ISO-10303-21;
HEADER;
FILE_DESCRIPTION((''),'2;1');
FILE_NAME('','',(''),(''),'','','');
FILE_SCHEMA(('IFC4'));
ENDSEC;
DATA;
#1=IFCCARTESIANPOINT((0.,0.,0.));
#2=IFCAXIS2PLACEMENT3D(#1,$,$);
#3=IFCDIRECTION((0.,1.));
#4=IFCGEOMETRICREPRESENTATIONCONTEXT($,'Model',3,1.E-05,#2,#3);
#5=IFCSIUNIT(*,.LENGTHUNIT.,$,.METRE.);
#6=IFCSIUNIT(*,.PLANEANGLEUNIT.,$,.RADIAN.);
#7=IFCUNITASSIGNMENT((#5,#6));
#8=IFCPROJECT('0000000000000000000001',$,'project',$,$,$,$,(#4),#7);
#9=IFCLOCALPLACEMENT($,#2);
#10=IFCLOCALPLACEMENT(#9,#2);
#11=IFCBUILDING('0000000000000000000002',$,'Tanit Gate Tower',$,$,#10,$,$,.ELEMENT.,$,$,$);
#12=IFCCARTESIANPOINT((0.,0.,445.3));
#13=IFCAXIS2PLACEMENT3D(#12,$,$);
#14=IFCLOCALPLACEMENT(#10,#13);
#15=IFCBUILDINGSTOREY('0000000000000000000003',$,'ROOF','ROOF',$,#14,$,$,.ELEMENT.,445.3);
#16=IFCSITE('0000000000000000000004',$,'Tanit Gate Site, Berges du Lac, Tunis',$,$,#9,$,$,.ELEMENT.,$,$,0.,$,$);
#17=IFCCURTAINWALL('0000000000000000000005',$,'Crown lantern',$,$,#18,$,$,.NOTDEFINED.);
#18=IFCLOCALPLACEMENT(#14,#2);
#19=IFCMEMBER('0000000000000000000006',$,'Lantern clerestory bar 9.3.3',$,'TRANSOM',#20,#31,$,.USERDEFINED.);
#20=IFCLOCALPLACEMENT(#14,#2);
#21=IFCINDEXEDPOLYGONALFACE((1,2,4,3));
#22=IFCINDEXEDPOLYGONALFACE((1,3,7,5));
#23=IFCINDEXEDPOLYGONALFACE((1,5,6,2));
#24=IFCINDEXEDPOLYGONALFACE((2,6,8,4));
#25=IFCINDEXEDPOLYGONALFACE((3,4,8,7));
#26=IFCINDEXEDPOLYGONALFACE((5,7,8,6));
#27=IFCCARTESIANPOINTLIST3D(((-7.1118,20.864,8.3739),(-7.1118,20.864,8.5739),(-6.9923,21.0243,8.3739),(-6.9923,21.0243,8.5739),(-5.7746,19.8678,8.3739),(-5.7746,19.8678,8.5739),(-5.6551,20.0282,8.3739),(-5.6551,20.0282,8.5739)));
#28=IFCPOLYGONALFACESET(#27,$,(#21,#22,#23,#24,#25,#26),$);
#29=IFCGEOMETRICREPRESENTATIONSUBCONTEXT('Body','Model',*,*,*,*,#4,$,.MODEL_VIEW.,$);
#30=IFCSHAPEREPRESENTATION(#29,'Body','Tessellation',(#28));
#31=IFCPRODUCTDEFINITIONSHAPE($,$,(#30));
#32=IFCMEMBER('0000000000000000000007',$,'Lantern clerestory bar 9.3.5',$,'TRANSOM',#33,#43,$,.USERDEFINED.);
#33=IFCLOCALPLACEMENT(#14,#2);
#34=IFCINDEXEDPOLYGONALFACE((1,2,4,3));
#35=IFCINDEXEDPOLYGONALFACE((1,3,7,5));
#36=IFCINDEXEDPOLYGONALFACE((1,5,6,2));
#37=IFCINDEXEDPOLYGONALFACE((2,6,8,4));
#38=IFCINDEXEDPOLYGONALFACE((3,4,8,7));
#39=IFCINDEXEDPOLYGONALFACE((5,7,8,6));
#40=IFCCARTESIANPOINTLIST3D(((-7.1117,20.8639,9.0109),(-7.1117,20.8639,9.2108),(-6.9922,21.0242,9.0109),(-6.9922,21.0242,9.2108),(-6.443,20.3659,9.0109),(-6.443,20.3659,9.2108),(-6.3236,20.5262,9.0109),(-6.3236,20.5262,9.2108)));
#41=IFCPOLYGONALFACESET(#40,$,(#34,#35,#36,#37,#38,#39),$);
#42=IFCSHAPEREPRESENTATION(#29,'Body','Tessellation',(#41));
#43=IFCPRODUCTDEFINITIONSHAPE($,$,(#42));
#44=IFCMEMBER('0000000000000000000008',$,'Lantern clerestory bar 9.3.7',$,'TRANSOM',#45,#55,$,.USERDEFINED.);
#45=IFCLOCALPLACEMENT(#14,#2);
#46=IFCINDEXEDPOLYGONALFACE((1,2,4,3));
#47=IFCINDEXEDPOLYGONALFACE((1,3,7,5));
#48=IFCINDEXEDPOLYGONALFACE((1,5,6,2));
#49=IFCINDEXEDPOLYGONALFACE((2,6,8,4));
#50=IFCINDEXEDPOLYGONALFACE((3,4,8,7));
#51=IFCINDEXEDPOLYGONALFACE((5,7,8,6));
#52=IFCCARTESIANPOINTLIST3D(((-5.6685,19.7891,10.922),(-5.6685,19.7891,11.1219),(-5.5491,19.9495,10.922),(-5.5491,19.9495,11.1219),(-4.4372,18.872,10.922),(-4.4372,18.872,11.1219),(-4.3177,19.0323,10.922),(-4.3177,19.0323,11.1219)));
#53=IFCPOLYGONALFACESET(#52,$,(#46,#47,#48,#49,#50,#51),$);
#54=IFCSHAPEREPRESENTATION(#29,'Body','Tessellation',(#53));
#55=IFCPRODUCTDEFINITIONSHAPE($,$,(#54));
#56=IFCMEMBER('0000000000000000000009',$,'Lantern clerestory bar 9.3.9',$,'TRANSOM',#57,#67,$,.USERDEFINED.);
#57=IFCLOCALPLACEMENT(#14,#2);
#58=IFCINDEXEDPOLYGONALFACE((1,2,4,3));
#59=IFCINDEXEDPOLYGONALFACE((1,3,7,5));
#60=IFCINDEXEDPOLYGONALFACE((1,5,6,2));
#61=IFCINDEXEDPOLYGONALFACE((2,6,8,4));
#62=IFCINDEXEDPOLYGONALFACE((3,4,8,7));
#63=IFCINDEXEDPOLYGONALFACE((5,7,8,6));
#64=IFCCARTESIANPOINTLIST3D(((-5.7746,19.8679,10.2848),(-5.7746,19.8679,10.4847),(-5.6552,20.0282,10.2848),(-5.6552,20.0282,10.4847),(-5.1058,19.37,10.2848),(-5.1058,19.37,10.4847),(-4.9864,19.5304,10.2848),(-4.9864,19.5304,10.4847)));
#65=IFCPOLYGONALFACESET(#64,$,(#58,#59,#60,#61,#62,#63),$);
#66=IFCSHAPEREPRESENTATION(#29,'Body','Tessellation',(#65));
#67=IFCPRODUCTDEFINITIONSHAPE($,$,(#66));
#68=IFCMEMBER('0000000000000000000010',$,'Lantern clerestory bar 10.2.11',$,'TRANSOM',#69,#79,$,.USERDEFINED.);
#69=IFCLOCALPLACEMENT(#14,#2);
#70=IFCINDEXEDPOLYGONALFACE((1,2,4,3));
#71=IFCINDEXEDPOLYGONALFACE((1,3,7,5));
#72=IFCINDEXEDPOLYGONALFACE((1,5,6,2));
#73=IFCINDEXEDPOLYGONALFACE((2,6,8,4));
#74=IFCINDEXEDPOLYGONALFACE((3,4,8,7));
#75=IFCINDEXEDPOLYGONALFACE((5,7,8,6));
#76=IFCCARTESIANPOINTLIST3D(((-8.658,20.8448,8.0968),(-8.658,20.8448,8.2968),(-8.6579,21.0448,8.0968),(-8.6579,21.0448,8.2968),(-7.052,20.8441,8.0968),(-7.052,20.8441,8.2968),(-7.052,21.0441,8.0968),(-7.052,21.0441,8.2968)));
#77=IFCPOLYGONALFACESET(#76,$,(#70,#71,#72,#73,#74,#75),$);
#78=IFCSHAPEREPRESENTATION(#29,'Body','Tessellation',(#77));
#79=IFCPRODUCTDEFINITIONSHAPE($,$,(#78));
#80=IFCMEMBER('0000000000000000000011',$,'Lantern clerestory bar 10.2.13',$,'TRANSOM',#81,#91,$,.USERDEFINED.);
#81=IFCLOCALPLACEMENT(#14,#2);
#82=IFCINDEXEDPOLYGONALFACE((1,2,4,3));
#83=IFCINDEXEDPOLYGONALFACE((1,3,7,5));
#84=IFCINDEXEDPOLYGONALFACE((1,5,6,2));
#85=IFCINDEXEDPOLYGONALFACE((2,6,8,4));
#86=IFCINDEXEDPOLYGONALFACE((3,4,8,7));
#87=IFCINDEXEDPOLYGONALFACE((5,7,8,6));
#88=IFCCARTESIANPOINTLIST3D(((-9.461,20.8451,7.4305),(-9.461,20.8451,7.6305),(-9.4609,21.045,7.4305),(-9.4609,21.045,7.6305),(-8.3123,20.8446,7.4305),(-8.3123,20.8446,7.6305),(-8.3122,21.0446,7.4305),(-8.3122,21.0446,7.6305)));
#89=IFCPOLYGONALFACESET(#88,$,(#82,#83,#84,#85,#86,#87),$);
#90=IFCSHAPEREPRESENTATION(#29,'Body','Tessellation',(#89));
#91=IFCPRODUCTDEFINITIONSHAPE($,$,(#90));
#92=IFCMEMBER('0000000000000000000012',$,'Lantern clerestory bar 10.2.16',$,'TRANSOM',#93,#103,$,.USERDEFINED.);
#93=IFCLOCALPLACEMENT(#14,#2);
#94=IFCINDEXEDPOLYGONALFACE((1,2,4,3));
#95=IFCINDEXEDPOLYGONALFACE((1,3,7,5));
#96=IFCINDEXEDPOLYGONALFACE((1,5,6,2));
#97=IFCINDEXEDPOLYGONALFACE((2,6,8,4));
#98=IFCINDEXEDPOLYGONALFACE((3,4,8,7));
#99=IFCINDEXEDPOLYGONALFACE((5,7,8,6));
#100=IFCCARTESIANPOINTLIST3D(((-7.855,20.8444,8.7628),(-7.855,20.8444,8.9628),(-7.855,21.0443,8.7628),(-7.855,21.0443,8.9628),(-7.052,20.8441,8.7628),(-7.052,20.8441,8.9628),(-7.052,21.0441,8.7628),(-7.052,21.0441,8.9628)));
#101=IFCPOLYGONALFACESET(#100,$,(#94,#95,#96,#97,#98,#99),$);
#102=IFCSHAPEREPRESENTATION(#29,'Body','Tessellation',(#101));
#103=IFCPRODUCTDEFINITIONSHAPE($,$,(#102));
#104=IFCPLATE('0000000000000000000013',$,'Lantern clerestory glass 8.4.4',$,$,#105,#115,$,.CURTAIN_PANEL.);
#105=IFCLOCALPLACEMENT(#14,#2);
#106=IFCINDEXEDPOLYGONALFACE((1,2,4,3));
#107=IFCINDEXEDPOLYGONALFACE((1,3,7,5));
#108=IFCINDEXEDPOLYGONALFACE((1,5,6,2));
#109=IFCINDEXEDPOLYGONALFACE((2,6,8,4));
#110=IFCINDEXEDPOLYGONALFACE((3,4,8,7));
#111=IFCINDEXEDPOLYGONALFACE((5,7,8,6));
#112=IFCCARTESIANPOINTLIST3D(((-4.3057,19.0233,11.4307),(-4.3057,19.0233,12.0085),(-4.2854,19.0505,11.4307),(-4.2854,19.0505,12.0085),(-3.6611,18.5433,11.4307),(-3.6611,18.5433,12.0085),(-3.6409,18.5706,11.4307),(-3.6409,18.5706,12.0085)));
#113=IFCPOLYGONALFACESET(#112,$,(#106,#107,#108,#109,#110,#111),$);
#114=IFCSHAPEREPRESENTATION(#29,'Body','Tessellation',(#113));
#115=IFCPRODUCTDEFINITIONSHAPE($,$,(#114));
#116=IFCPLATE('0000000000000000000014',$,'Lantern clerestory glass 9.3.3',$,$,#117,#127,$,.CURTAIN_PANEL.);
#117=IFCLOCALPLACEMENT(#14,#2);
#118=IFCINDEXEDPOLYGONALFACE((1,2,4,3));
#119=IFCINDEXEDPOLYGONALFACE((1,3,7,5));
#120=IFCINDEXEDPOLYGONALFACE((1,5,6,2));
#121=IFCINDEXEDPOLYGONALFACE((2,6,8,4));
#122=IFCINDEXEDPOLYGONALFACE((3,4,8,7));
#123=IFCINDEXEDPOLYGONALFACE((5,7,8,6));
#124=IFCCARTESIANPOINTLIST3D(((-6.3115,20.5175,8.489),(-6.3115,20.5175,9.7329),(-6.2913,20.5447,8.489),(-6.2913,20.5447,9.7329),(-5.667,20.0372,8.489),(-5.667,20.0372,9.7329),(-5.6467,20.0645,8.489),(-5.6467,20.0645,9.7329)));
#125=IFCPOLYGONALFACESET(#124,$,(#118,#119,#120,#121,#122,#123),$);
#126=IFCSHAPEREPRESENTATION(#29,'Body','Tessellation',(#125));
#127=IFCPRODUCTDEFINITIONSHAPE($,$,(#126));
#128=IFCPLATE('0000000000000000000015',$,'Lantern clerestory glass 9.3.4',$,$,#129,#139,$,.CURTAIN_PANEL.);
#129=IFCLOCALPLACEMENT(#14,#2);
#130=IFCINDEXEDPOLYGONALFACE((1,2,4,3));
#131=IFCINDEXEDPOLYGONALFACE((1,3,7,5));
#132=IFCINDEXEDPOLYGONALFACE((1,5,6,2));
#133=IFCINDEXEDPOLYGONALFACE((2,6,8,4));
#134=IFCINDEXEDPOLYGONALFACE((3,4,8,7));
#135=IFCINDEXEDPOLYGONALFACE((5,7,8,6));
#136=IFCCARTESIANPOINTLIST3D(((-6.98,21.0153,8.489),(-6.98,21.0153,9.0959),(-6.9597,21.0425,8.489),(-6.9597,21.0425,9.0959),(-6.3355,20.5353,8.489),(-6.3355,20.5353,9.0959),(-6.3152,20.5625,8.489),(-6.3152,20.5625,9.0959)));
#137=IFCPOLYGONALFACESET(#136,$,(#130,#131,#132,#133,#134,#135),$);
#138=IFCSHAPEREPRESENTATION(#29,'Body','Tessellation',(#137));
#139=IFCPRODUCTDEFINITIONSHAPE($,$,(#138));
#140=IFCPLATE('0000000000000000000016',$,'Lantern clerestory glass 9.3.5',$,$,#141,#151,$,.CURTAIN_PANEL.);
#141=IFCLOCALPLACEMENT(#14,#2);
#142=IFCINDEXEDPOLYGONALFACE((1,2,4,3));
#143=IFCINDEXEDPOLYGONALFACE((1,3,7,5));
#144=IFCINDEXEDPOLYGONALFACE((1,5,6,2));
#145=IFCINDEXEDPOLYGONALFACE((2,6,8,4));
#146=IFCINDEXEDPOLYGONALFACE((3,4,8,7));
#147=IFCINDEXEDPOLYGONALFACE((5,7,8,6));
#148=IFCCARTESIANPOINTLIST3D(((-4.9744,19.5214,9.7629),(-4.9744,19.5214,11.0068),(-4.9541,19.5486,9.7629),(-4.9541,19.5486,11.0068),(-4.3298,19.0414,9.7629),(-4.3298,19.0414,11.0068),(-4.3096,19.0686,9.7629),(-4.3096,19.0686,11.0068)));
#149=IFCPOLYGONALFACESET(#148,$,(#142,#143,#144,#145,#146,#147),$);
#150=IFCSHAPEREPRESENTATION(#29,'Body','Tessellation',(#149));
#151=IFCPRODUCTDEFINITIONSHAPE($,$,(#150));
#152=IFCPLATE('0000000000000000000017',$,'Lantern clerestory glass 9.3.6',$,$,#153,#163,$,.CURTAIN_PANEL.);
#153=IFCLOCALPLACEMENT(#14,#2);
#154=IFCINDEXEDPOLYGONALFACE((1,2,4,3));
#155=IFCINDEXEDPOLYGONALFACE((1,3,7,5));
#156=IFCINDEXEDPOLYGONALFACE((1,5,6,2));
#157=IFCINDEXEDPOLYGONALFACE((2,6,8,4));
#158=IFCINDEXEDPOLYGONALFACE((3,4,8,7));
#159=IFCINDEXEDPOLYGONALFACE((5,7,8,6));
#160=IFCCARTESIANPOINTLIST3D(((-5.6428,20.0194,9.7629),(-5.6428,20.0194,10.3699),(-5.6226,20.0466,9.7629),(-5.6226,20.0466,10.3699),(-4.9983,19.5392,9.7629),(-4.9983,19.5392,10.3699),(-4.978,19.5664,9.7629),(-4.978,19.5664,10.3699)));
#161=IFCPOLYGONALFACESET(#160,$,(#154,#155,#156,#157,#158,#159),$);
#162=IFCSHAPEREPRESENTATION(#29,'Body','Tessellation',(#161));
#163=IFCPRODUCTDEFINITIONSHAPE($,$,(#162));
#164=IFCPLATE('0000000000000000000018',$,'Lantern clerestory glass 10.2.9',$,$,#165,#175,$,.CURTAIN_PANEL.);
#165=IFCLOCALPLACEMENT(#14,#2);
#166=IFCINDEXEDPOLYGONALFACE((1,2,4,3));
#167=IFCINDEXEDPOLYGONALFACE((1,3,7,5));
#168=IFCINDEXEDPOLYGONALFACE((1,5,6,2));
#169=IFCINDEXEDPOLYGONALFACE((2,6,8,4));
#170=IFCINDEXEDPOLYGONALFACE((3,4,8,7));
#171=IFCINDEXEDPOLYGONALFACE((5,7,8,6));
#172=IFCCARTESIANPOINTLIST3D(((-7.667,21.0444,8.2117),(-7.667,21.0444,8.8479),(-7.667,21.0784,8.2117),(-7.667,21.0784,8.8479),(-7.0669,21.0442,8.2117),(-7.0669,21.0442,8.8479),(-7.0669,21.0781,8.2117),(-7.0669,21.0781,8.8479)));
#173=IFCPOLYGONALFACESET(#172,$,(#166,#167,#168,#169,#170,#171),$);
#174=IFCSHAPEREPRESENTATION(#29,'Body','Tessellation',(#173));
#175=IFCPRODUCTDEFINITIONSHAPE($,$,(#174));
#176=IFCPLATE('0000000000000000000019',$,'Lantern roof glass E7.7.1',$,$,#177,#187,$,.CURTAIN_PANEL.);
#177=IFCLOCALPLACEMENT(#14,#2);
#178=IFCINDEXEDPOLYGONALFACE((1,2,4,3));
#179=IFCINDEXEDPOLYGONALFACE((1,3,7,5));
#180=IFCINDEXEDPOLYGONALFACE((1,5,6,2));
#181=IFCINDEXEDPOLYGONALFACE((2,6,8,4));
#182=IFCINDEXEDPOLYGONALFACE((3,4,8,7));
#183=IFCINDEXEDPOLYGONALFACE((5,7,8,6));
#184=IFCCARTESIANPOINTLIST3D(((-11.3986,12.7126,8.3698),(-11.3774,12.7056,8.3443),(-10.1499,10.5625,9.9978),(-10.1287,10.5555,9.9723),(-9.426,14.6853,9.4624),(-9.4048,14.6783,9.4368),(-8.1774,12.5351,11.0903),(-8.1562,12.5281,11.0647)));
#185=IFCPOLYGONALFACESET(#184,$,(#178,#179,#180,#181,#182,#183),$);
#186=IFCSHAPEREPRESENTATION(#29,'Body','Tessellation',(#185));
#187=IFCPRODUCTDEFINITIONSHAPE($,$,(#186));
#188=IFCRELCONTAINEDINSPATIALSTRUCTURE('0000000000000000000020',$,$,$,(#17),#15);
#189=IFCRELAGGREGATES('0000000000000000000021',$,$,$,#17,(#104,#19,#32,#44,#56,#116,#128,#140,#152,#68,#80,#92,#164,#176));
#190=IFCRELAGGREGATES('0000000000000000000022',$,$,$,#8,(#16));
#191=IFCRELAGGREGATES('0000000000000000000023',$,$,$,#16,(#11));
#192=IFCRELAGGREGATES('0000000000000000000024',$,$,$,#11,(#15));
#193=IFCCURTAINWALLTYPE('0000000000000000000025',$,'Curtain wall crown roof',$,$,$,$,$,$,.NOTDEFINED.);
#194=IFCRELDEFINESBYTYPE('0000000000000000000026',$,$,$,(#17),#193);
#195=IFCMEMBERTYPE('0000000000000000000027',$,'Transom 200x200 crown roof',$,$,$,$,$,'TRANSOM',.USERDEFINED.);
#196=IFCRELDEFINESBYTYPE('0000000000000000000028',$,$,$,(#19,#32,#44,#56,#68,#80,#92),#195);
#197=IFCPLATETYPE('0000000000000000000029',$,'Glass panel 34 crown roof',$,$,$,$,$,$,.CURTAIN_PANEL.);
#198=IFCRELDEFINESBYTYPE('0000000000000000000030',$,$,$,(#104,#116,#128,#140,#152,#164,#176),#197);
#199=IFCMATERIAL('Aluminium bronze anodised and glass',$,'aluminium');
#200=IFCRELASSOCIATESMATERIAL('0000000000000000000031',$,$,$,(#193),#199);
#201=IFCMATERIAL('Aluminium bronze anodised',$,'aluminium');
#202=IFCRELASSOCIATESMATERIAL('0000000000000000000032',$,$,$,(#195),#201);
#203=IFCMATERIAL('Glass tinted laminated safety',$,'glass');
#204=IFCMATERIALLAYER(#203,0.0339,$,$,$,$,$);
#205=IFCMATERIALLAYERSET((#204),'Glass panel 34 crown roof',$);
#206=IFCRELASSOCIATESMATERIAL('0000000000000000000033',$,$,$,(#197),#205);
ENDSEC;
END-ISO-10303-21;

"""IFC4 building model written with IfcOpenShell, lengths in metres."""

from ifc_helpers import new_model, si_unit, direction, frame, origin, origin_2d, place, context, subcontext, project, spatial, polyline, rectangle, outline, extrude, material, layer, layer_set, material_profile, profile_set, type_object, element, aggregate, save


model = new_model("IFC4")

# Units and contexts
model_context = context("Model", 3, precision=1e-05, world=origin(), true_north=direction((0.0, 1.0)))
body_context = subcontext(model_context, "Body", "Model", "MODEL_VIEW")
ifc_project = project(units=[si_unit("LENGTHUNIT", "METRE"), si_unit("PLANEANGLEUNIT", "RADIAN")], contexts=[model_context])

# Site, building, storey
site_placement = place(None, origin())
site = spatial("IfcSite", under=ifc_project, at=site_placement, Name="Tanit Gate Site, Berges du Lac, Tunis", CompositionType="ELEMENT", RefElevation=0.0)
building_placement = place(site_placement, origin())
building = spatial("IfcBuilding", under=site, at=building_placement, Name="Tanit Gate Tower", CompositionType="ELEMENT")
storey_placement = place(building_placement, frame((0.0, 0.0, 445.3)))
storey = spatial("IfcBuildingStorey", under=building, at=storey_placement, Name="ROOF", Description="ROOF", CompositionType="ELEMENT", Elevation=445.3)

# Curtain wall, members, plates
ifc_material_1 = material(Name="Aluminium bronze anodised and glass", Category="aluminium")
curtain_wall_type = type_object("IfcCurtainWallType", Name="Curtain wall crown roof", PredefinedType="NOTDEFINED", material=ifc_material_1)
curtain_wall_placement = place(storey_placement, origin())
curtain_wall = element("IfcCurtainWall", 1, at=curtain_wall_placement, inside=storey, type_object=curtain_wall_type, Name="Crown lantern", PredefinedType="NOTDEFINED")
ifc_material_2 = material(Name="Aluminium bronze anodised", Category="aluminium")
ifc_material_profile_1 = material_profile(ifc_material_2, rectangle(XDim=0.2, YDim=0.2, at=origin_2d()), Name="200x200 bronze transom")
ifc_profile_set_1 = profile_set([ifc_material_profile_1], Name="Aluminium bronze anodised")
member_type_1 = type_object("IfcMemberType", Name="Transom 200x200 crown roof", ElementType="TRANSOM", PredefinedType="USERDEFINED", material=ifc_profile_set_1)
member_1_placement = place(storey_placement, frame((-5.7148, 19.948, 8.4739), z_axis=(-0.801946, 0.597396, 0.0), x_axis=(-0.597396, -0.801946, 0.0)))
member_1 = element("IfcMember", 2, at=member_1_placement, type_object=member_type_1, Name="Lantern clerestory bar 9.3.3", ObjectType="TRANSOM", PredefinedType="USERDEFINED", context=body_context, shape_type="SweptSolid", body=[
    extrude(rectangle(XDim=0.2, YDim=0.2, at=origin_2d()), origin(), (0.0, 0.0, 1.0), 1.6675),
])
member_2_placement = place(storey_placement, frame((-6.3833, 20.446, 9.1108), z_axis=(-0.801998, 0.597326, 0.0), x_axis=(-0.597326, -0.801998, 0.0)))
member_2 = element("IfcMember", 3, at=member_2_placement, type_object=member_type_1, Name="Lantern clerestory bar 9.3.5", ObjectType="TRANSOM", PredefinedType="USERDEFINED", context=body_context, shape_type="SweptSolid", body=[
    extrude(rectangle(XDim=0.2, YDim=0.2, at=origin_2d()), origin(), (0.0, 0.0, 1.0), 0.8337),
])
member_3_placement = place(storey_placement, frame((-4.3774, 18.9521, 11.022), z_axis=(-0.80198, 0.597351, 0.0), x_axis=(-0.597351, -0.80198, 0.0)))
member_3 = element("IfcMember", 4, at=member_3_placement, type_object=member_type_1, Name="Lantern clerestory bar 9.3.7", ObjectType="TRANSOM", PredefinedType="USERDEFINED", context=body_context, shape_type="SweptSolid", body=[
    extrude(rectangle(XDim=0.2, YDim=0.2, at=origin_2d()), origin(), (0.0, 0.0, 1.0), 1.5354),
])
member_4_placement = place(storey_placement, frame((-5.0461, 19.4502, 10.3848), z_axis=(-0.802139, 0.597138, 0.0), x_axis=(-0.597138, -0.802139, 0.0)))
member_4 = element("IfcMember", 5, at=member_4_placement, type_object=member_type_1, Name="Lantern clerestory bar 9.3.9", ObjectType="TRANSOM", PredefinedType="USERDEFINED", context=body_context, shape_type="SweptSolid", body=[
    extrude(rectangle(XDim=0.2, YDim=0.2, at=origin_2d()), origin(), (0.0, 0.0, 1.0), 0.8337),
])
member_5_placement = place(storey_placement, frame((-7.052, 20.9441, 8.1968), z_axis=(-1.0, 0.000456, 0.0), x_axis=(-0.000456, -1.0, 0.0)))
member_5 = element("IfcMember", 6, at=member_5_placement, type_object=member_type_1, Name="Lantern clerestory bar 10.2.11", ObjectType="TRANSOM", PredefinedType="USERDEFINED", context=body_context, shape_type="SweptSolid", body=[
    extrude(rectangle(XDim=0.2, YDim=0.2, at=origin_2d()), origin(), (0.0, 0.0, 1.0), 1.606),
])
member_6_placement = place(storey_placement, frame((-8.3123, 20.9446, 7.5305), z_axis=(-1.0, 0.000425, 0.0), x_axis=(-0.000425, -1.0, 0.0)))
member_6 = element("IfcMember", 7, at=member_6_placement, type_object=member_type_1, Name="Lantern clerestory bar 10.2.13", ObjectType="TRANSOM", PredefinedType="USERDEFINED", context=body_context, shape_type="SweptSolid", body=[
    extrude(rectangle(XDim=0.2, YDim=0.2, at=origin_2d()), origin(), (0.0, 0.0, 1.0), 1.1487),
])
member_7_placement = place(storey_placement, frame((-7.052, 20.9441, 8.8628), z_axis=(-1.0, 0.000304, 0.0), x_axis=(-0.000304, -1.0, 0.0)))
member_7 = element("IfcMember", 8, at=member_7_placement, type_object=member_type_1, Name="Lantern clerestory bar 10.2.16", ObjectType="TRANSOM", PredefinedType="USERDEFINED", context=body_context, shape_type="SweptSolid", body=[
    extrude(rectangle(XDim=0.2, YDim=0.2, at=origin_2d()), origin(), (0.0, 0.0, 1.0), 0.803),
])
ifc_material_3 = material(Name="Glass tinted laminated safety", Category="glass")
ifc_layer = layer(ifc_material_3, 0.0339)
ifc_layer_set = layer_set([ifc_layer], Name="Glass panel 34 crown roof")
plate_type = type_object("IfcPlateType", Name="Glass panel 34 crown roof", PredefinedType="CURTAIN_PANEL", material=ifc_layer_set)
plate_1_placement = place(storey_placement, frame((-3.6409, 18.5706, 11.4307), z_axis=(0.597274, 0.802037, 0.0), x_axis=(-0.802037, 0.597274, 0.0)))
plate_1 = element("IfcPlate", 9, at=plate_1_placement, type_object=plate_type, Name="Lantern clerestory glass 8.4.4", PredefinedType="CURTAIN_PANEL", context=body_context, shape_type="SweptSolid", body=[
    extrude(outline(polyline([(0.0, 0.0), (0.8036, 0.0), (0.8036, 0.5779), (0.0, 0.5779), (0.0, 0.0)])), origin(), (0.0, 0.0, -1.0), 0.0339),
])
plate_2_placement = place(storey_placement, frame((-5.6467, 20.0645, 8.489), z_axis=(0.59747, 0.801891, 0.0), x_axis=(-0.801891, 0.59747, 0.0)))
plate_2 = element("IfcPlate", 10, at=plate_2_placement, type_object=plate_type, Name="Lantern clerestory glass 9.3.3", PredefinedType="CURTAIN_PANEL", context=body_context, shape_type="SweptSolid", body=[
    extrude(outline(polyline([(0.0, 0.0), (0.8038, 0.0), (0.8038, 1.2439), (0.0, 1.2439), (0.0, 0.0)])), origin(), (0.0, 0.0, -1.0), 0.0339),
])
plate_3_placement = place(storey_placement, frame((-6.3152, 20.5625, 8.489), z_axis=(0.597274, 0.802037, 0.0), x_axis=(-0.802037, 0.597274, 0.0)))
plate_3 = element("IfcPlate", 11, at=plate_3_placement, type_object=plate_type, Name="Lantern clerestory glass 9.3.4", PredefinedType="CURTAIN_PANEL", context=body_context, shape_type="SweptSolid", body=[
    extrude(outline(polyline([(0.0, 0.0), (0.8036, 0.0), (0.8036, 0.6069), (0.0, 0.6069), (0.0, 0.0)])), origin(), (0.0, 0.0, -1.0), 0.0339),
])
plate_4_placement = place(storey_placement, frame((-4.3096, 19.0686, 9.7629), z_axis=(0.597274, 0.802037, 0.0), x_axis=(-0.802037, 0.597274, 0.0)))
plate_4 = element("IfcPlate", 12, at=plate_4_placement, type_object=plate_type, Name="Lantern clerestory glass 9.3.5", PredefinedType="CURTAIN_PANEL", context=body_context, shape_type="SweptSolid", body=[
    extrude(outline(polyline([(0.0, 0.0), (0.8036, 0.0), (0.8036, 1.2439), (0.0, 1.2439), (0.0, 0.0)])), origin(), (0.0, 0.0, -1.0), 0.0339),
])
plate_5_placement = place(storey_placement, frame((-4.978, 19.5664, 9.7629), z_axis=(0.59747, 0.801891, 0.0), x_axis=(-0.801891, 0.59747, 0.0)))
plate_5 = element("IfcPlate", 13, at=plate_5_placement, type_object=plate_type, Name="Lantern clerestory glass 9.3.6", PredefinedType="CURTAIN_PANEL", context=body_context, shape_type="SweptSolid", body=[
    extrude(outline(polyline([(0.0, 0.0), (0.8038, 0.0), (0.8038, 0.6069), (0.0, 0.6069), (0.0, 0.0)])), origin(), (0.0, 0.0, -1.0), 0.0339),
])
plate_6_placement = place(storey_placement, frame((-7.0669, 21.0781, 8.2117), z_axis=(0.000407, 1.0, 0.0), x_axis=(-1.0, 0.000407, 0.0)))
plate_6 = element("IfcPlate", 14, at=plate_6_placement, type_object=plate_type, Name="Lantern clerestory glass 10.2.9", PredefinedType="CURTAIN_PANEL", context=body_context, shape_type="SweptSolid", body=[
    extrude(outline(polyline([(0.0, 0.0), (0.6001, 0.0), (0.6001, 0.6362), (0.0, 0.6362), (0.0, 0.0)])), origin(), (0.0, 0.0, -1.0), 0.0339),
])
plate_7_placement = place(storey_placement, frame((-9.426, 14.6853, 9.4624), z_axis=(-0.624498, 0.207433, 0.752977), x_axis=(-0.658401, -0.658422, -0.364675)))
plate_7 = element("IfcPlate", 15, at=plate_7_placement, type_object=plate_type, Name="Lantern roof glass E7.7.1", PredefinedType="CURTAIN_PANEL", context=body_context, shape_type="SweptSolid", body=[
    extrude(outline(polyline([(0.0, 0.0), (2.9961, 0.0), (2.9959, 2.972), (0.0, 2.9719), (0.0, 0.0)])), origin(), (0.0, 0.0, -1.0), 0.0339),
])
aggregate(curtain_wall, [plate_1, member_1, member_2, member_3, member_4, plate_2, plate_3, plate_4, plate_5, member_5, member_6, member_7, plate_6, plate_7])

save(model, "model.ifc")
